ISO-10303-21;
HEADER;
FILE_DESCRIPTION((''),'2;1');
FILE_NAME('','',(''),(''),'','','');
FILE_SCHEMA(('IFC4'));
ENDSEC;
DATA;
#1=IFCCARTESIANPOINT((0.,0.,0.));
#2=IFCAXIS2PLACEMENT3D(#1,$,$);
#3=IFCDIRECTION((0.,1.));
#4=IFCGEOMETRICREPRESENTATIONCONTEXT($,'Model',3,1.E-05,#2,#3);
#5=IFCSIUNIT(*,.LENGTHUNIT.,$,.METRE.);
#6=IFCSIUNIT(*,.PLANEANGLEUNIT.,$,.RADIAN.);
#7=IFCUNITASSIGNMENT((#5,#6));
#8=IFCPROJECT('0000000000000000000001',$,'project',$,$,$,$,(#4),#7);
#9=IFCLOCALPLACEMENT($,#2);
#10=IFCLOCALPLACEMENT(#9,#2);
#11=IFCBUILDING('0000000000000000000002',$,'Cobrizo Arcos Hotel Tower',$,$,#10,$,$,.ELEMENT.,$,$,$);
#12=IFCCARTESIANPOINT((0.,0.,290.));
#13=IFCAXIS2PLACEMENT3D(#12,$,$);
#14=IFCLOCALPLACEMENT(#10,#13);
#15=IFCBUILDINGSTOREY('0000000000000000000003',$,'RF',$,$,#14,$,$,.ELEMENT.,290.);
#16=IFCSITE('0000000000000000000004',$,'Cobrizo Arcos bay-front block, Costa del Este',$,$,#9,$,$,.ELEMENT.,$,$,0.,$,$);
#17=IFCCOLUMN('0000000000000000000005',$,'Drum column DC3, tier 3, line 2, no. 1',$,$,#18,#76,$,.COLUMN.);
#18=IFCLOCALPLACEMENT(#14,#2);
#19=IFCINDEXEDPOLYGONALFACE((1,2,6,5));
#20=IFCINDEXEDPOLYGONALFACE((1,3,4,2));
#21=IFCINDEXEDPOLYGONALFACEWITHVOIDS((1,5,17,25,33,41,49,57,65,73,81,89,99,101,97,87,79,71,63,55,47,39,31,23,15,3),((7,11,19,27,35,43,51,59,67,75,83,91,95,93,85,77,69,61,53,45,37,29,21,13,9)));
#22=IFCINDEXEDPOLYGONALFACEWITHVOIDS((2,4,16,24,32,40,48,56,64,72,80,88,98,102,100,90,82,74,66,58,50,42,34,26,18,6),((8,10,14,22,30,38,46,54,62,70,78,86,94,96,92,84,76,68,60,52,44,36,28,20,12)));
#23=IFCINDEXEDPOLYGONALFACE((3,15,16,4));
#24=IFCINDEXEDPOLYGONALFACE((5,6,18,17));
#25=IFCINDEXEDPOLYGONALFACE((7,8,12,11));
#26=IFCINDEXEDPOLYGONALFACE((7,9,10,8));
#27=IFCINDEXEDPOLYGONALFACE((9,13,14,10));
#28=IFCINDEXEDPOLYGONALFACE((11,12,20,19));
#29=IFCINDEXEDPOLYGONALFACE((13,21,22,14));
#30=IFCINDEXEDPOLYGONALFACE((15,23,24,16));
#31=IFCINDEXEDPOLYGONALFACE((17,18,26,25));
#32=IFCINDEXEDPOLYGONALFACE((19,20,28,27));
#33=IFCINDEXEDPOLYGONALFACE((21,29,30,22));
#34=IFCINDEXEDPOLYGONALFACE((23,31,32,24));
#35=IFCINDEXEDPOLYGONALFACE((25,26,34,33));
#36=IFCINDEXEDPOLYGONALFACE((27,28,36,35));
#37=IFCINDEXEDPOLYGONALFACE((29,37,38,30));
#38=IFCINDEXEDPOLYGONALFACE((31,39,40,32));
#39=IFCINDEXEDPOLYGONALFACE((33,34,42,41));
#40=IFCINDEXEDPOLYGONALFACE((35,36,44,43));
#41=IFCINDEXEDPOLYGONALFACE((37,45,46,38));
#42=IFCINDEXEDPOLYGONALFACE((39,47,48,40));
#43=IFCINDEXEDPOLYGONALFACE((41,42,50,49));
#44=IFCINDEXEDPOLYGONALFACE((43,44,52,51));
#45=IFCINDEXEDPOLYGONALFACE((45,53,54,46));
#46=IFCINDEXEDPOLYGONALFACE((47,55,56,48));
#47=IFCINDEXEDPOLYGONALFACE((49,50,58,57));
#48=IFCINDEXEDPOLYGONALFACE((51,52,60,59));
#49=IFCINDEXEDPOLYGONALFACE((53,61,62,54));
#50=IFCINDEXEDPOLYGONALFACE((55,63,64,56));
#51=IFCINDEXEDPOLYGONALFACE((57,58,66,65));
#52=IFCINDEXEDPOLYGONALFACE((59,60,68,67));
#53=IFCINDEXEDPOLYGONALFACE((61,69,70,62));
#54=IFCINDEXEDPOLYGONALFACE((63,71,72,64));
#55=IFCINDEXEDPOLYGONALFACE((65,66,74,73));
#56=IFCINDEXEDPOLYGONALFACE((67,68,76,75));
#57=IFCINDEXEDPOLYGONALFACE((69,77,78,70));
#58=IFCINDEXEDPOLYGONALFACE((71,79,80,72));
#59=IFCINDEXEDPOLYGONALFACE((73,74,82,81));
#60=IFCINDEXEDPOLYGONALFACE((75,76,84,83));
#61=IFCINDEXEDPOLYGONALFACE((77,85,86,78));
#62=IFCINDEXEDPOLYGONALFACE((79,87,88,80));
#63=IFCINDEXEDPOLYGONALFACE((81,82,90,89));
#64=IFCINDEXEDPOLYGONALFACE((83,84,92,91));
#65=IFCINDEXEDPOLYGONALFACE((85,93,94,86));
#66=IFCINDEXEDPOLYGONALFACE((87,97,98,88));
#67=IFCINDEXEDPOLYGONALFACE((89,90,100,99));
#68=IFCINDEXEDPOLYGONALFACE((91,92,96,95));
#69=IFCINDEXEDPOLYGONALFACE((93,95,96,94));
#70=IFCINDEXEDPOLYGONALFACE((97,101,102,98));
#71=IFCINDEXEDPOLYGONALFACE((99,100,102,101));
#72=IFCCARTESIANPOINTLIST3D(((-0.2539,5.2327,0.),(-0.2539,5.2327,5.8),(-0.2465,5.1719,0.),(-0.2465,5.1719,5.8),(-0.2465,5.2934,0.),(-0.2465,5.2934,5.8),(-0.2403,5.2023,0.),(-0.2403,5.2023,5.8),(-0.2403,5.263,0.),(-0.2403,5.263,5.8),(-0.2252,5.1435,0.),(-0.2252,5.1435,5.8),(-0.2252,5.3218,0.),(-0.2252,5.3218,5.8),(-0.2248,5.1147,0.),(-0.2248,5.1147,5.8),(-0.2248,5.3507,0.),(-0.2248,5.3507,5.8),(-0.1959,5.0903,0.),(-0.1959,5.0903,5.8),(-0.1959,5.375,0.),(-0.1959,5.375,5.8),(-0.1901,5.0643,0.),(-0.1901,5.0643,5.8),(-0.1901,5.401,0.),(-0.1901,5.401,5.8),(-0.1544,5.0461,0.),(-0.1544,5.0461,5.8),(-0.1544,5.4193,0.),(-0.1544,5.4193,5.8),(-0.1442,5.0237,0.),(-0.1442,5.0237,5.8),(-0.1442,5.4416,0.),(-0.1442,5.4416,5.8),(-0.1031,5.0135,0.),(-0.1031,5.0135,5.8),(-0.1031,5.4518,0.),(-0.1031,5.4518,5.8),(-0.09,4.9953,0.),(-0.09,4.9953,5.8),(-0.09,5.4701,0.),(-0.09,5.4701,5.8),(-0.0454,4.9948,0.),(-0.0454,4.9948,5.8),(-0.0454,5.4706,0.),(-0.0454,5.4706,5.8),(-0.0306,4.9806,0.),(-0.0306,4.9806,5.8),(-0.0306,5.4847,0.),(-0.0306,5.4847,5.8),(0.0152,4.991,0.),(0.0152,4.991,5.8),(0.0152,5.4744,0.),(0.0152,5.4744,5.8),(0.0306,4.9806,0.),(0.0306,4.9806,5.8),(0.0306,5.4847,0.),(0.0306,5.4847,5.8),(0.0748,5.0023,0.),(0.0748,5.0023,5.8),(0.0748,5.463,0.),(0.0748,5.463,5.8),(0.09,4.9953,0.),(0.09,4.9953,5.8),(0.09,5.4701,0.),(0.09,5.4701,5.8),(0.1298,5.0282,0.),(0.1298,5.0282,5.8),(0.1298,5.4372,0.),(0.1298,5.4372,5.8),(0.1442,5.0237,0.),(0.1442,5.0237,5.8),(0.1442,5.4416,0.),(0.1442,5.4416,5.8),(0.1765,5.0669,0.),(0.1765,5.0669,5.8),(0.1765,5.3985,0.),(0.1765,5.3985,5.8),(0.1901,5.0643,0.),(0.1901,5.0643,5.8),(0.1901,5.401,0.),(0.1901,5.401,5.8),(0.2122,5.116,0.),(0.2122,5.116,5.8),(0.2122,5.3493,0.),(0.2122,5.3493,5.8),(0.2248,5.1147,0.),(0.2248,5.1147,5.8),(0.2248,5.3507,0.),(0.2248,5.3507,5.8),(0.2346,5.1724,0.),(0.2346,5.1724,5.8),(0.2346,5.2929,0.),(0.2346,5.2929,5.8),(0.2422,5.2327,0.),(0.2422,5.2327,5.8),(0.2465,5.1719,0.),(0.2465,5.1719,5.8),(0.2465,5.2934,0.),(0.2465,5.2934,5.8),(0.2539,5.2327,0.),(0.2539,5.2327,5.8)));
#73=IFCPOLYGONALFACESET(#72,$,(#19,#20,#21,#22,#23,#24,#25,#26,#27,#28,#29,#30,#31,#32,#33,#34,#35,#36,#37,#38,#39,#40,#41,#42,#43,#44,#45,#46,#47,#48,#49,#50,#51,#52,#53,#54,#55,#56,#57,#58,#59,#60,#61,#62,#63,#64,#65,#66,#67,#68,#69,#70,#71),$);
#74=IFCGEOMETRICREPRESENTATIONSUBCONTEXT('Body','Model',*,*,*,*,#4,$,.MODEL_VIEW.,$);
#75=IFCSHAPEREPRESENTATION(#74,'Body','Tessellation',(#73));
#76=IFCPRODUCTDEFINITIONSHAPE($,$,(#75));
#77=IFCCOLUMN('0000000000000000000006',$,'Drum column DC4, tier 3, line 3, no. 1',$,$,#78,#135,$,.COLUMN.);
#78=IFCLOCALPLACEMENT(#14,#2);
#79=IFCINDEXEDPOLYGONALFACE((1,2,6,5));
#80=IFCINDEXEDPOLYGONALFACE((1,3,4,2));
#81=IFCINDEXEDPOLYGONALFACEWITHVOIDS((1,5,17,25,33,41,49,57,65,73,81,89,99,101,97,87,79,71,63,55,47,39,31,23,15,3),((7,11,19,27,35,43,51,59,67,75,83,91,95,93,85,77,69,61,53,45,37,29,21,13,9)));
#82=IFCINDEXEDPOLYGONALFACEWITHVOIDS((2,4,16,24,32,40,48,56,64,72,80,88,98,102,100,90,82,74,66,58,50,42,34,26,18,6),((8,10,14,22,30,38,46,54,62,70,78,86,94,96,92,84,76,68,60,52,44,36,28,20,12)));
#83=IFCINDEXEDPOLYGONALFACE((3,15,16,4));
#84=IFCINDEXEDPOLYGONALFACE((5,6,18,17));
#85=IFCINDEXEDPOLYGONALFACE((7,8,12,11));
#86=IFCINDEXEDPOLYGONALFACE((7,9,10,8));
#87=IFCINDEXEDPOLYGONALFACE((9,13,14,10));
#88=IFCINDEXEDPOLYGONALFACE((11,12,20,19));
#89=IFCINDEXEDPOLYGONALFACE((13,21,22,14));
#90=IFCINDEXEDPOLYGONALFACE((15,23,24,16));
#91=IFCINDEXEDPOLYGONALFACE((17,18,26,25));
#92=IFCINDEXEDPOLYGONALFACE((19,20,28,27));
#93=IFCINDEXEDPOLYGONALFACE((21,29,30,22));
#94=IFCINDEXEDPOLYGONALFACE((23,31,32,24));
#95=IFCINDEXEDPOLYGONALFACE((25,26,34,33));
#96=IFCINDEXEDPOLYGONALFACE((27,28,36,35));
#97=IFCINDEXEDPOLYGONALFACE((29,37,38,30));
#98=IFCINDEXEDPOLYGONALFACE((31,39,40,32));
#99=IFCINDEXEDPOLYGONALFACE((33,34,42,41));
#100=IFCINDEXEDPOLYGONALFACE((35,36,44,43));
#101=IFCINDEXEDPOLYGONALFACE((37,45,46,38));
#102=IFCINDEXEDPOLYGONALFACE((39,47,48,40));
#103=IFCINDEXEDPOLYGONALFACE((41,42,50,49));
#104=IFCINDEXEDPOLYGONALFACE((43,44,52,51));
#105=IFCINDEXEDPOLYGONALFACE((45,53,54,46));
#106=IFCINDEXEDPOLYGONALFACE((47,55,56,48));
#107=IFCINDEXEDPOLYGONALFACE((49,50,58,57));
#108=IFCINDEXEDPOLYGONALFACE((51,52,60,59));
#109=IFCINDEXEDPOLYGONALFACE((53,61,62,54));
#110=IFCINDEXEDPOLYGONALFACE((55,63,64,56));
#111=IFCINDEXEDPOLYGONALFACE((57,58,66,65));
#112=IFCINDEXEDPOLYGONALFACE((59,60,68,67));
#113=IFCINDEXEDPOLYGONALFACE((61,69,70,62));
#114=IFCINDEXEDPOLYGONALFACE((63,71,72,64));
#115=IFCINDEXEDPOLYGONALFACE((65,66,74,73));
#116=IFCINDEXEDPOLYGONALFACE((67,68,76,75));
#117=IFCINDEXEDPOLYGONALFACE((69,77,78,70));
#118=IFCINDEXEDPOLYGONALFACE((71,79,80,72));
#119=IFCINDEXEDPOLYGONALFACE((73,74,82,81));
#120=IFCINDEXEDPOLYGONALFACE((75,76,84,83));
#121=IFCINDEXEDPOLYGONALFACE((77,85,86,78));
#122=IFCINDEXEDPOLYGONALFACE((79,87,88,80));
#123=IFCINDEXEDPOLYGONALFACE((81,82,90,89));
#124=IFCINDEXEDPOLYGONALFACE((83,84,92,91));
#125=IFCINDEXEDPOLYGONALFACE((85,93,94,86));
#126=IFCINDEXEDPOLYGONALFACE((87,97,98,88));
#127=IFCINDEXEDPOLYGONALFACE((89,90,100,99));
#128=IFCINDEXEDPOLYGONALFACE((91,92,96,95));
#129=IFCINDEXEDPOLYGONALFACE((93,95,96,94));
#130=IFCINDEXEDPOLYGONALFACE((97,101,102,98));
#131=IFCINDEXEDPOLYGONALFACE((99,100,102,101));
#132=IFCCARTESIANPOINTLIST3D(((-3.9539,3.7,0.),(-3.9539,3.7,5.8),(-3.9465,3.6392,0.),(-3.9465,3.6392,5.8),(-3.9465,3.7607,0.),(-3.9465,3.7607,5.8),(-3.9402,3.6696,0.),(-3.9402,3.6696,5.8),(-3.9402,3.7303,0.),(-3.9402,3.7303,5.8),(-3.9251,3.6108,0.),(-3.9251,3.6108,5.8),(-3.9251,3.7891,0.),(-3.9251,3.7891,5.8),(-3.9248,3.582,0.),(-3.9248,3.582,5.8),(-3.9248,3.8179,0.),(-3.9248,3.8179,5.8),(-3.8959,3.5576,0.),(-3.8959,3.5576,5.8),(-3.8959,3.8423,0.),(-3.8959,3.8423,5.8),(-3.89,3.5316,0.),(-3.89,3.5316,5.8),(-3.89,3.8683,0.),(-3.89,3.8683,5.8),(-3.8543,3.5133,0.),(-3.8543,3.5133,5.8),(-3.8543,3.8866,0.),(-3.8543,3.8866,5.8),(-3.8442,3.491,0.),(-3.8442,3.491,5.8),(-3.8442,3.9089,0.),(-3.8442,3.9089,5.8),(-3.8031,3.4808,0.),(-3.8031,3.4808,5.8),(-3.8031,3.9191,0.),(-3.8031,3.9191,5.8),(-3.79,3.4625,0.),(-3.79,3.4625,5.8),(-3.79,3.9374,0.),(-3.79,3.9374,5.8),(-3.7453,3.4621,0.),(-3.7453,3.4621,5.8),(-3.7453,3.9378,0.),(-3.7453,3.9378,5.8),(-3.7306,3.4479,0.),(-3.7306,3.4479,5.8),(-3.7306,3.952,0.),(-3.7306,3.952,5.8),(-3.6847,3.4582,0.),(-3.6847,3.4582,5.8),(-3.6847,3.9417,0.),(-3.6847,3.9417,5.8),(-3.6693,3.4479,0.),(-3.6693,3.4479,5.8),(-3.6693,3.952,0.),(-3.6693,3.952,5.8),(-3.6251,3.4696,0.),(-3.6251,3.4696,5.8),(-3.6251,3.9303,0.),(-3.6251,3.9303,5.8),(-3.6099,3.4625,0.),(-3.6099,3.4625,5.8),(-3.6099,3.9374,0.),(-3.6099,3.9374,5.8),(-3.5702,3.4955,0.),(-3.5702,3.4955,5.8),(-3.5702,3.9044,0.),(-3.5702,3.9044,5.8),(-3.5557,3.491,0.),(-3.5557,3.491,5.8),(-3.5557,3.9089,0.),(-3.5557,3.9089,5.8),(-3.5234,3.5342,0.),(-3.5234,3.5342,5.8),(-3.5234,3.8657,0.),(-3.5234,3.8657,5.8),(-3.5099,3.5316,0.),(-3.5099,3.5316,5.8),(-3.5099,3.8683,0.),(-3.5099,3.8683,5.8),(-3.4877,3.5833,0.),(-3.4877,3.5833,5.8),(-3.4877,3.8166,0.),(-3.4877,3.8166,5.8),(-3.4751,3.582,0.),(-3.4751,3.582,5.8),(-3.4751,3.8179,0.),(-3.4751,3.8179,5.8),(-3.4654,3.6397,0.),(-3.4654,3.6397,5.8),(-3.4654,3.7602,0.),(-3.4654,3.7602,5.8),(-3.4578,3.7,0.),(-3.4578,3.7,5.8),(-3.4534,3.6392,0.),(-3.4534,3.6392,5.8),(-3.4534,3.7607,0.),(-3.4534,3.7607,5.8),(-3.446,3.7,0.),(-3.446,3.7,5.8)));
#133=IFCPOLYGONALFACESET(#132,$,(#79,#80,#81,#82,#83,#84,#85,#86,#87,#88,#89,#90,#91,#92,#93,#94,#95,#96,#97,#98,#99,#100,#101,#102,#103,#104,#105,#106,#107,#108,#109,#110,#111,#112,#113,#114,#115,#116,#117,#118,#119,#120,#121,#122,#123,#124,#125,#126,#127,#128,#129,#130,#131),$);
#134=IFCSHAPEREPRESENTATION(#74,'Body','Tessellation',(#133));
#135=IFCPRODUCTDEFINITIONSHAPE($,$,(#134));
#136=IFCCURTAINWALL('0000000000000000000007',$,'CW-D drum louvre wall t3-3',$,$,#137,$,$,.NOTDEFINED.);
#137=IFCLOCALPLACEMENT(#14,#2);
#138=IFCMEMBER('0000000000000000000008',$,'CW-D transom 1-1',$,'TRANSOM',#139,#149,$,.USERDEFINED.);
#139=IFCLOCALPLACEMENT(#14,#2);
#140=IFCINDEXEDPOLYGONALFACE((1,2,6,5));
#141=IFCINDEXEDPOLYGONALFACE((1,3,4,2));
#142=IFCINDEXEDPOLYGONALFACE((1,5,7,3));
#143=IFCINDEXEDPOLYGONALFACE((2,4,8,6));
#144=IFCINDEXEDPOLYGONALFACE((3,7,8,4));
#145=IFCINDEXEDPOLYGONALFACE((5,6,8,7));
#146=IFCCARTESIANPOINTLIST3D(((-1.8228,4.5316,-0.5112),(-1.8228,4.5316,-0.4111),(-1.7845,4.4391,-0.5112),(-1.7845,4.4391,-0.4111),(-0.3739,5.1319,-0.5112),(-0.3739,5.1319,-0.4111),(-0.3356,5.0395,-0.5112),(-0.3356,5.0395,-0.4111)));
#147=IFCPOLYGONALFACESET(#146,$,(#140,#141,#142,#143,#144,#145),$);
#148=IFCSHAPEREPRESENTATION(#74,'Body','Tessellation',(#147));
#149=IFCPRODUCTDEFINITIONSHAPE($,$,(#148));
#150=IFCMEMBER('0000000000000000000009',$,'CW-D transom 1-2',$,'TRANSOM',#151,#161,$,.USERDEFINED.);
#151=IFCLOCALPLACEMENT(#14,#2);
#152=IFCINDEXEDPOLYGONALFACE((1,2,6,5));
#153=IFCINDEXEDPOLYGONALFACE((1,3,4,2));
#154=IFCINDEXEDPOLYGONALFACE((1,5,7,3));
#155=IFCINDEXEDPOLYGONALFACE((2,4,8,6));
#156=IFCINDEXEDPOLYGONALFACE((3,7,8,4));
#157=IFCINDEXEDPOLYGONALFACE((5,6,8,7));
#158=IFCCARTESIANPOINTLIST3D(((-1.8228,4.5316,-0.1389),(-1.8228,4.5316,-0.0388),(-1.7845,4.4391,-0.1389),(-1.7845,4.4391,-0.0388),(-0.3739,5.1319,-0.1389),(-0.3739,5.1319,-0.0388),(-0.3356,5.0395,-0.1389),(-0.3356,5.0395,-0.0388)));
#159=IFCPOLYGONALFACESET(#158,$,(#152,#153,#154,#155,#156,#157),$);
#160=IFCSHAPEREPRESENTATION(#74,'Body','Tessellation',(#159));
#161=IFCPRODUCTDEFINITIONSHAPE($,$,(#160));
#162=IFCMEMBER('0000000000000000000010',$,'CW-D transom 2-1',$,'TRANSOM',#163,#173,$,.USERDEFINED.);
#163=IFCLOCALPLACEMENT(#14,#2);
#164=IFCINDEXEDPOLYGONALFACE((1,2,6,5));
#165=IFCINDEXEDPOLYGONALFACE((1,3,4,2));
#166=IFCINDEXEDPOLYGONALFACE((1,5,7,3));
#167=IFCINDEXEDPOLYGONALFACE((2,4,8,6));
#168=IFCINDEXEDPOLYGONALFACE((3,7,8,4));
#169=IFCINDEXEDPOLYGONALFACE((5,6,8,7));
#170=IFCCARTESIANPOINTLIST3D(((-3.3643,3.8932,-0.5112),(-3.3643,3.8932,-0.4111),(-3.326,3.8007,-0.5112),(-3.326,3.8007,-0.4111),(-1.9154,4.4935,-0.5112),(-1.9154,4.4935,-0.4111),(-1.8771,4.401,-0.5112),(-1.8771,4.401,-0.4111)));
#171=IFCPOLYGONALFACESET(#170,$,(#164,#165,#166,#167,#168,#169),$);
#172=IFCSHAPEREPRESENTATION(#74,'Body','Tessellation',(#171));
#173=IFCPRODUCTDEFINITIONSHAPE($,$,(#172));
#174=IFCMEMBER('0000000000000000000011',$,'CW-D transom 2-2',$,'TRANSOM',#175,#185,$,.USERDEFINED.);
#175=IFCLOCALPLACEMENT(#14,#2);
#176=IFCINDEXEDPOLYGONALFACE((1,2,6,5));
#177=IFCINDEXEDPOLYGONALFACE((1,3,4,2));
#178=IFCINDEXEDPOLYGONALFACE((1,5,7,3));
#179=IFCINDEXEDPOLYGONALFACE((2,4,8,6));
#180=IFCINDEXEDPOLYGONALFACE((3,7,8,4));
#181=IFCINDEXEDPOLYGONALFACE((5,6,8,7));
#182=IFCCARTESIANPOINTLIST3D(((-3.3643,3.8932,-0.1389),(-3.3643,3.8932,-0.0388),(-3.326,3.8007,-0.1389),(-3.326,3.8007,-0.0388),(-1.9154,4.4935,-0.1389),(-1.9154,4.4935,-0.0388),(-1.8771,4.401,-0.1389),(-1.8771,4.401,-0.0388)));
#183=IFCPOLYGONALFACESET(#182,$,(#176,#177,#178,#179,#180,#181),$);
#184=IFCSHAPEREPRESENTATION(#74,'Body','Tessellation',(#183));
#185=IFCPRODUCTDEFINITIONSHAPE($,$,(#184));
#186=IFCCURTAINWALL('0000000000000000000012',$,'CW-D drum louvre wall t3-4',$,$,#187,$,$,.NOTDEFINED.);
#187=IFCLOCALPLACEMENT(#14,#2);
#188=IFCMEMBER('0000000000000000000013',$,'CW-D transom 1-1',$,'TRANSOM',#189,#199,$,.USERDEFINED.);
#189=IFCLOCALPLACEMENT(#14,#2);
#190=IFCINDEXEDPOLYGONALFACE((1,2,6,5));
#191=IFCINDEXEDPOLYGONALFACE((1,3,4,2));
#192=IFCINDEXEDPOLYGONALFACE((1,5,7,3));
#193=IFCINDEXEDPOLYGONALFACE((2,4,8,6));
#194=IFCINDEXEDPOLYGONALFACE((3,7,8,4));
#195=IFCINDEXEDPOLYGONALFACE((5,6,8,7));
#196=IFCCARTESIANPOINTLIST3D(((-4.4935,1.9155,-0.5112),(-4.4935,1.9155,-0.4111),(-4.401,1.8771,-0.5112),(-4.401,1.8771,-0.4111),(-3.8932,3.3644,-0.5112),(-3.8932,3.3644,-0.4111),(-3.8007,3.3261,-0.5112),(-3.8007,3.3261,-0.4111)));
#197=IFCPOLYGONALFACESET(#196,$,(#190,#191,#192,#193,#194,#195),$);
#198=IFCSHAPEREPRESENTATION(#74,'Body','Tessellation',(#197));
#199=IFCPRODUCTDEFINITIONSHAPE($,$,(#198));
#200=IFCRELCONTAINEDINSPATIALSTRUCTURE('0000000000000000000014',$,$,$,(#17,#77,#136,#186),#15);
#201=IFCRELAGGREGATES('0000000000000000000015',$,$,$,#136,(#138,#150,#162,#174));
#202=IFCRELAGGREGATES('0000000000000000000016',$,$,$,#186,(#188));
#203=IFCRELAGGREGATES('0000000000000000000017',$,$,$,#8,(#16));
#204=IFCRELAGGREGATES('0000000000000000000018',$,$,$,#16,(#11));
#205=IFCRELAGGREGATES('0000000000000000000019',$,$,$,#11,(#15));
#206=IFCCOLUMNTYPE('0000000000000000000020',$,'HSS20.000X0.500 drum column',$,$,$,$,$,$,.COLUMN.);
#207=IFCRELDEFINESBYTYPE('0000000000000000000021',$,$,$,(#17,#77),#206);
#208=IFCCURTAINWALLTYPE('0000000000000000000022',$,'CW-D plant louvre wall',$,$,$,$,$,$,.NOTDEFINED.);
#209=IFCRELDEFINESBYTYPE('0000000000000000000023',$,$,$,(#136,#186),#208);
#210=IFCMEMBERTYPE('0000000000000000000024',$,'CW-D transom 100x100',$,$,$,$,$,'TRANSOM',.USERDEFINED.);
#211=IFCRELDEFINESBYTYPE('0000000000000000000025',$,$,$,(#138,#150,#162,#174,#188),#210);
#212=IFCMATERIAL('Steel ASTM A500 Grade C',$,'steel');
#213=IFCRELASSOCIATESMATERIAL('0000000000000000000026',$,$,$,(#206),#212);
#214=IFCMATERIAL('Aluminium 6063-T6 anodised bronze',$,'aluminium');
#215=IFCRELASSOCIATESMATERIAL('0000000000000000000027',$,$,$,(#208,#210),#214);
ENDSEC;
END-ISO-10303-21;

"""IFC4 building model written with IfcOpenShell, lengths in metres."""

from ifc_helpers import new_model, si_unit, direction, frame, origin, origin_2d, place, context, subcontext, project, spatial, rectangle, hollow_circle, extrude, material, material_profile, profile_set, type_object, element, aggregate, save


model = new_model("IFC4")

# Units and contexts
model_context = context("Model", 3, precision=1e-05, world=origin(), true_north=direction((0.0, 1.0)))
body_context = subcontext(model_context, "Body", "Model", "MODEL_VIEW")
ifc_project = project(units=[si_unit("LENGTHUNIT", "METRE"), si_unit("PLANEANGLEUNIT", "RADIAN")], contexts=[model_context])

# Site, building, storey
site_placement = place(None, origin())
site = spatial("IfcSite", under=ifc_project, at=site_placement, Name="Cobrizo Arcos bay-front block, Costa del Este", CompositionType="ELEMENT", RefElevation=0.0)
building_placement = place(site_placement, origin())
building = spatial("IfcBuilding", under=site, at=building_placement, Name="Cobrizo Arcos Hotel Tower", CompositionType="ELEMENT")
storey_placement = place(building_placement, frame((0.0, 0.0, 290.0)))
storey = spatial("IfcBuildingStorey", under=building, at=storey_placement, Name="RF", CompositionType="ELEMENT", Elevation=290.0)

# Columns
ifc_material_1 = material(Name="Steel ASTM A500 Grade C", Category="steel")
ifc_material_profile_1 = material_profile(ifc_material_1, hollow_circle(Radius=0.2539, WallThickness=0.0117, at=origin_2d()), Name="HSS20.000X0.500")
ifc_profile_set_1 = profile_set([ifc_material_profile_1], Name="Steel ASTM A500 Grade C")
column_type = type_object("IfcColumnType", Name="HSS20.000X0.500 drum column", PredefinedType="COLUMN", material=ifc_profile_set_1)
for number, where, z_axis, x_axis, name in (
    (1, (0.0, 5.2327, 0.0), (0.0, 0.0, 1.0), (1.0, 0.0, 0.0), "Drum column DC3, tier 3, line 2, no. 1"),
    (2, (-3.7, 3.7, 0.0), (0.0, 0.0, 1.0), (1.0, 0.0, 0.0), "Drum column DC4, tier 3, line 3, no. 1"),
):
    element("IfcColumn", number, at=place(storey_placement, frame(where, z_axis=z_axis, x_axis=x_axis)), inside=storey, type_object=column_type, Name=name, PredefinedType="COLUMN", context=body_context, shape_type="SweptSolid", body=[
        extrude(hollow_circle(Radius=0.2539, WallThickness=0.0117, at=origin_2d()), origin(), (0.0, 0.0, 1.0), 5.8),
    ])

# Curtain walls, members
ifc_material_2 = material(Name="Aluminium 6063-T6 anodised bronze", Category="aluminium")
curtain_wall_type = type_object("IfcCurtainWallType", Name="CW-D plant louvre wall", PredefinedType="NOTDEFINED", material=ifc_material_2)
curtain_wall_1_placement = place(storey_placement, origin())
curtain_wall_1 = element("IfcCurtainWall", 3, at=curtain_wall_1_placement, inside=storey, type_object=curtain_wall_type, Name="CW-D drum louvre wall t3-3", PredefinedType="NOTDEFINED")
ifc_material_profile_2 = material_profile(ifc_material_2, rectangle(XDim=0.1001, YDim=0.1001, at=origin_2d()), Name="CW-D transom 100x100")
ifc_profile_set_2 = profile_set([ifc_material_profile_2], Name="Aluminium 6063-T6 anodised bronze")
member_type = type_object("IfcMemberType", Name="CW-D transom 100x100", ElementType="TRANSOM", PredefinedType="USERDEFINED", material=ifc_profile_set_2)
member_1_placement = place(storey_placement, frame((-0.3547, 5.0857, -0.4612), z_axis=(-0.923844, -0.382769, 0.0), x_axis=(0.382769, -0.923844, 0.0)))
member_1 = element("IfcMember", 4, at=member_1_placement, type_object=member_type, Name="CW-D transom 1-1", ObjectType="TRANSOM", PredefinedType="USERDEFINED", context=body_context, shape_type="SweptSolid", body=[
    extrude(rectangle(XDim=0.1001, YDim=0.1001, at=origin_2d()), origin(), (0.0, 0.0, 1.0), 1.5684),
])
member_2_placement = place(storey_placement, frame((-0.3547, 5.0857, -0.0889), z_axis=(-0.923844, -0.382769, 0.0), x_axis=(0.382769, -0.923844, 0.0)))
member_2 = element("IfcMember", 5, at=member_2_placement, type_object=member_type, Name="CW-D transom 1-2", ObjectType="TRANSOM", PredefinedType="USERDEFINED", context=body_context, shape_type="SweptSolid", body=[
    extrude(rectangle(XDim=0.1001, YDim=0.1001, at=origin_2d()), origin(), (0.0, 0.0, 1.0), 1.5684),
])
member_3_placement = place(storey_placement, frame((-1.8962, 4.4473, -0.4612), z_axis=(-0.923844, -0.382769, 0.0), x_axis=(0.382769, -0.923844, 0.0)))
member_3 = element("IfcMember", 6, at=member_3_placement, type_object=member_type, Name="CW-D transom 2-1", ObjectType="TRANSOM", PredefinedType="USERDEFINED", context=body_context, shape_type="SweptSolid", body=[
    extrude(rectangle(XDim=0.1001, YDim=0.1001, at=origin_2d()), origin(), (0.0, 0.0, 1.0), 1.5684),
])
member_4_placement = place(storey_placement, frame((-1.8962, 4.4473, -0.0889), z_axis=(-0.923844, -0.382769, 0.0), x_axis=(0.382769, -0.923844, 0.0)))
member_4 = element("IfcMember", 7, at=member_4_placement, type_object=member_type, Name="CW-D transom 2-2", ObjectType="TRANSOM", PredefinedType="USERDEFINED", context=body_context, shape_type="SweptSolid", body=[
    extrude(rectangle(XDim=0.1001, YDim=0.1001, at=origin_2d()), origin(), (0.0, 0.0, 1.0), 1.5684),
])
curtain_wall_2_placement = place(storey_placement, origin())
curtain_wall_2 = element("IfcCurtainWall", 8, at=curtain_wall_2_placement, inside=storey, type_object=curtain_wall_type, Name="CW-D drum louvre wall t3-4", PredefinedType="NOTDEFINED")
member_5_placement = place(storey_placement, frame((-3.8469, 3.3452, -0.4612), z_axis=(-0.382769, -0.923844, 0.0), x_axis=(0.923844, -0.382769, 0.0)))
member_5 = element("IfcMember", 9, at=member_5_placement, type_object=member_type, Name="CW-D transom 1-1", ObjectType="TRANSOM", PredefinedType="USERDEFINED", context=body_context, shape_type="SweptSolid", body=[
    extrude(rectangle(XDim=0.1001, YDim=0.1001, at=origin_2d()), origin(), (0.0, 0.0, 1.0), 1.5684),
])

aggregate(curtain_wall_1, [member_1, member_2, member_3, member_4])
aggregate(curtain_wall_2, [member_5])

save(model, "model.ifc")
